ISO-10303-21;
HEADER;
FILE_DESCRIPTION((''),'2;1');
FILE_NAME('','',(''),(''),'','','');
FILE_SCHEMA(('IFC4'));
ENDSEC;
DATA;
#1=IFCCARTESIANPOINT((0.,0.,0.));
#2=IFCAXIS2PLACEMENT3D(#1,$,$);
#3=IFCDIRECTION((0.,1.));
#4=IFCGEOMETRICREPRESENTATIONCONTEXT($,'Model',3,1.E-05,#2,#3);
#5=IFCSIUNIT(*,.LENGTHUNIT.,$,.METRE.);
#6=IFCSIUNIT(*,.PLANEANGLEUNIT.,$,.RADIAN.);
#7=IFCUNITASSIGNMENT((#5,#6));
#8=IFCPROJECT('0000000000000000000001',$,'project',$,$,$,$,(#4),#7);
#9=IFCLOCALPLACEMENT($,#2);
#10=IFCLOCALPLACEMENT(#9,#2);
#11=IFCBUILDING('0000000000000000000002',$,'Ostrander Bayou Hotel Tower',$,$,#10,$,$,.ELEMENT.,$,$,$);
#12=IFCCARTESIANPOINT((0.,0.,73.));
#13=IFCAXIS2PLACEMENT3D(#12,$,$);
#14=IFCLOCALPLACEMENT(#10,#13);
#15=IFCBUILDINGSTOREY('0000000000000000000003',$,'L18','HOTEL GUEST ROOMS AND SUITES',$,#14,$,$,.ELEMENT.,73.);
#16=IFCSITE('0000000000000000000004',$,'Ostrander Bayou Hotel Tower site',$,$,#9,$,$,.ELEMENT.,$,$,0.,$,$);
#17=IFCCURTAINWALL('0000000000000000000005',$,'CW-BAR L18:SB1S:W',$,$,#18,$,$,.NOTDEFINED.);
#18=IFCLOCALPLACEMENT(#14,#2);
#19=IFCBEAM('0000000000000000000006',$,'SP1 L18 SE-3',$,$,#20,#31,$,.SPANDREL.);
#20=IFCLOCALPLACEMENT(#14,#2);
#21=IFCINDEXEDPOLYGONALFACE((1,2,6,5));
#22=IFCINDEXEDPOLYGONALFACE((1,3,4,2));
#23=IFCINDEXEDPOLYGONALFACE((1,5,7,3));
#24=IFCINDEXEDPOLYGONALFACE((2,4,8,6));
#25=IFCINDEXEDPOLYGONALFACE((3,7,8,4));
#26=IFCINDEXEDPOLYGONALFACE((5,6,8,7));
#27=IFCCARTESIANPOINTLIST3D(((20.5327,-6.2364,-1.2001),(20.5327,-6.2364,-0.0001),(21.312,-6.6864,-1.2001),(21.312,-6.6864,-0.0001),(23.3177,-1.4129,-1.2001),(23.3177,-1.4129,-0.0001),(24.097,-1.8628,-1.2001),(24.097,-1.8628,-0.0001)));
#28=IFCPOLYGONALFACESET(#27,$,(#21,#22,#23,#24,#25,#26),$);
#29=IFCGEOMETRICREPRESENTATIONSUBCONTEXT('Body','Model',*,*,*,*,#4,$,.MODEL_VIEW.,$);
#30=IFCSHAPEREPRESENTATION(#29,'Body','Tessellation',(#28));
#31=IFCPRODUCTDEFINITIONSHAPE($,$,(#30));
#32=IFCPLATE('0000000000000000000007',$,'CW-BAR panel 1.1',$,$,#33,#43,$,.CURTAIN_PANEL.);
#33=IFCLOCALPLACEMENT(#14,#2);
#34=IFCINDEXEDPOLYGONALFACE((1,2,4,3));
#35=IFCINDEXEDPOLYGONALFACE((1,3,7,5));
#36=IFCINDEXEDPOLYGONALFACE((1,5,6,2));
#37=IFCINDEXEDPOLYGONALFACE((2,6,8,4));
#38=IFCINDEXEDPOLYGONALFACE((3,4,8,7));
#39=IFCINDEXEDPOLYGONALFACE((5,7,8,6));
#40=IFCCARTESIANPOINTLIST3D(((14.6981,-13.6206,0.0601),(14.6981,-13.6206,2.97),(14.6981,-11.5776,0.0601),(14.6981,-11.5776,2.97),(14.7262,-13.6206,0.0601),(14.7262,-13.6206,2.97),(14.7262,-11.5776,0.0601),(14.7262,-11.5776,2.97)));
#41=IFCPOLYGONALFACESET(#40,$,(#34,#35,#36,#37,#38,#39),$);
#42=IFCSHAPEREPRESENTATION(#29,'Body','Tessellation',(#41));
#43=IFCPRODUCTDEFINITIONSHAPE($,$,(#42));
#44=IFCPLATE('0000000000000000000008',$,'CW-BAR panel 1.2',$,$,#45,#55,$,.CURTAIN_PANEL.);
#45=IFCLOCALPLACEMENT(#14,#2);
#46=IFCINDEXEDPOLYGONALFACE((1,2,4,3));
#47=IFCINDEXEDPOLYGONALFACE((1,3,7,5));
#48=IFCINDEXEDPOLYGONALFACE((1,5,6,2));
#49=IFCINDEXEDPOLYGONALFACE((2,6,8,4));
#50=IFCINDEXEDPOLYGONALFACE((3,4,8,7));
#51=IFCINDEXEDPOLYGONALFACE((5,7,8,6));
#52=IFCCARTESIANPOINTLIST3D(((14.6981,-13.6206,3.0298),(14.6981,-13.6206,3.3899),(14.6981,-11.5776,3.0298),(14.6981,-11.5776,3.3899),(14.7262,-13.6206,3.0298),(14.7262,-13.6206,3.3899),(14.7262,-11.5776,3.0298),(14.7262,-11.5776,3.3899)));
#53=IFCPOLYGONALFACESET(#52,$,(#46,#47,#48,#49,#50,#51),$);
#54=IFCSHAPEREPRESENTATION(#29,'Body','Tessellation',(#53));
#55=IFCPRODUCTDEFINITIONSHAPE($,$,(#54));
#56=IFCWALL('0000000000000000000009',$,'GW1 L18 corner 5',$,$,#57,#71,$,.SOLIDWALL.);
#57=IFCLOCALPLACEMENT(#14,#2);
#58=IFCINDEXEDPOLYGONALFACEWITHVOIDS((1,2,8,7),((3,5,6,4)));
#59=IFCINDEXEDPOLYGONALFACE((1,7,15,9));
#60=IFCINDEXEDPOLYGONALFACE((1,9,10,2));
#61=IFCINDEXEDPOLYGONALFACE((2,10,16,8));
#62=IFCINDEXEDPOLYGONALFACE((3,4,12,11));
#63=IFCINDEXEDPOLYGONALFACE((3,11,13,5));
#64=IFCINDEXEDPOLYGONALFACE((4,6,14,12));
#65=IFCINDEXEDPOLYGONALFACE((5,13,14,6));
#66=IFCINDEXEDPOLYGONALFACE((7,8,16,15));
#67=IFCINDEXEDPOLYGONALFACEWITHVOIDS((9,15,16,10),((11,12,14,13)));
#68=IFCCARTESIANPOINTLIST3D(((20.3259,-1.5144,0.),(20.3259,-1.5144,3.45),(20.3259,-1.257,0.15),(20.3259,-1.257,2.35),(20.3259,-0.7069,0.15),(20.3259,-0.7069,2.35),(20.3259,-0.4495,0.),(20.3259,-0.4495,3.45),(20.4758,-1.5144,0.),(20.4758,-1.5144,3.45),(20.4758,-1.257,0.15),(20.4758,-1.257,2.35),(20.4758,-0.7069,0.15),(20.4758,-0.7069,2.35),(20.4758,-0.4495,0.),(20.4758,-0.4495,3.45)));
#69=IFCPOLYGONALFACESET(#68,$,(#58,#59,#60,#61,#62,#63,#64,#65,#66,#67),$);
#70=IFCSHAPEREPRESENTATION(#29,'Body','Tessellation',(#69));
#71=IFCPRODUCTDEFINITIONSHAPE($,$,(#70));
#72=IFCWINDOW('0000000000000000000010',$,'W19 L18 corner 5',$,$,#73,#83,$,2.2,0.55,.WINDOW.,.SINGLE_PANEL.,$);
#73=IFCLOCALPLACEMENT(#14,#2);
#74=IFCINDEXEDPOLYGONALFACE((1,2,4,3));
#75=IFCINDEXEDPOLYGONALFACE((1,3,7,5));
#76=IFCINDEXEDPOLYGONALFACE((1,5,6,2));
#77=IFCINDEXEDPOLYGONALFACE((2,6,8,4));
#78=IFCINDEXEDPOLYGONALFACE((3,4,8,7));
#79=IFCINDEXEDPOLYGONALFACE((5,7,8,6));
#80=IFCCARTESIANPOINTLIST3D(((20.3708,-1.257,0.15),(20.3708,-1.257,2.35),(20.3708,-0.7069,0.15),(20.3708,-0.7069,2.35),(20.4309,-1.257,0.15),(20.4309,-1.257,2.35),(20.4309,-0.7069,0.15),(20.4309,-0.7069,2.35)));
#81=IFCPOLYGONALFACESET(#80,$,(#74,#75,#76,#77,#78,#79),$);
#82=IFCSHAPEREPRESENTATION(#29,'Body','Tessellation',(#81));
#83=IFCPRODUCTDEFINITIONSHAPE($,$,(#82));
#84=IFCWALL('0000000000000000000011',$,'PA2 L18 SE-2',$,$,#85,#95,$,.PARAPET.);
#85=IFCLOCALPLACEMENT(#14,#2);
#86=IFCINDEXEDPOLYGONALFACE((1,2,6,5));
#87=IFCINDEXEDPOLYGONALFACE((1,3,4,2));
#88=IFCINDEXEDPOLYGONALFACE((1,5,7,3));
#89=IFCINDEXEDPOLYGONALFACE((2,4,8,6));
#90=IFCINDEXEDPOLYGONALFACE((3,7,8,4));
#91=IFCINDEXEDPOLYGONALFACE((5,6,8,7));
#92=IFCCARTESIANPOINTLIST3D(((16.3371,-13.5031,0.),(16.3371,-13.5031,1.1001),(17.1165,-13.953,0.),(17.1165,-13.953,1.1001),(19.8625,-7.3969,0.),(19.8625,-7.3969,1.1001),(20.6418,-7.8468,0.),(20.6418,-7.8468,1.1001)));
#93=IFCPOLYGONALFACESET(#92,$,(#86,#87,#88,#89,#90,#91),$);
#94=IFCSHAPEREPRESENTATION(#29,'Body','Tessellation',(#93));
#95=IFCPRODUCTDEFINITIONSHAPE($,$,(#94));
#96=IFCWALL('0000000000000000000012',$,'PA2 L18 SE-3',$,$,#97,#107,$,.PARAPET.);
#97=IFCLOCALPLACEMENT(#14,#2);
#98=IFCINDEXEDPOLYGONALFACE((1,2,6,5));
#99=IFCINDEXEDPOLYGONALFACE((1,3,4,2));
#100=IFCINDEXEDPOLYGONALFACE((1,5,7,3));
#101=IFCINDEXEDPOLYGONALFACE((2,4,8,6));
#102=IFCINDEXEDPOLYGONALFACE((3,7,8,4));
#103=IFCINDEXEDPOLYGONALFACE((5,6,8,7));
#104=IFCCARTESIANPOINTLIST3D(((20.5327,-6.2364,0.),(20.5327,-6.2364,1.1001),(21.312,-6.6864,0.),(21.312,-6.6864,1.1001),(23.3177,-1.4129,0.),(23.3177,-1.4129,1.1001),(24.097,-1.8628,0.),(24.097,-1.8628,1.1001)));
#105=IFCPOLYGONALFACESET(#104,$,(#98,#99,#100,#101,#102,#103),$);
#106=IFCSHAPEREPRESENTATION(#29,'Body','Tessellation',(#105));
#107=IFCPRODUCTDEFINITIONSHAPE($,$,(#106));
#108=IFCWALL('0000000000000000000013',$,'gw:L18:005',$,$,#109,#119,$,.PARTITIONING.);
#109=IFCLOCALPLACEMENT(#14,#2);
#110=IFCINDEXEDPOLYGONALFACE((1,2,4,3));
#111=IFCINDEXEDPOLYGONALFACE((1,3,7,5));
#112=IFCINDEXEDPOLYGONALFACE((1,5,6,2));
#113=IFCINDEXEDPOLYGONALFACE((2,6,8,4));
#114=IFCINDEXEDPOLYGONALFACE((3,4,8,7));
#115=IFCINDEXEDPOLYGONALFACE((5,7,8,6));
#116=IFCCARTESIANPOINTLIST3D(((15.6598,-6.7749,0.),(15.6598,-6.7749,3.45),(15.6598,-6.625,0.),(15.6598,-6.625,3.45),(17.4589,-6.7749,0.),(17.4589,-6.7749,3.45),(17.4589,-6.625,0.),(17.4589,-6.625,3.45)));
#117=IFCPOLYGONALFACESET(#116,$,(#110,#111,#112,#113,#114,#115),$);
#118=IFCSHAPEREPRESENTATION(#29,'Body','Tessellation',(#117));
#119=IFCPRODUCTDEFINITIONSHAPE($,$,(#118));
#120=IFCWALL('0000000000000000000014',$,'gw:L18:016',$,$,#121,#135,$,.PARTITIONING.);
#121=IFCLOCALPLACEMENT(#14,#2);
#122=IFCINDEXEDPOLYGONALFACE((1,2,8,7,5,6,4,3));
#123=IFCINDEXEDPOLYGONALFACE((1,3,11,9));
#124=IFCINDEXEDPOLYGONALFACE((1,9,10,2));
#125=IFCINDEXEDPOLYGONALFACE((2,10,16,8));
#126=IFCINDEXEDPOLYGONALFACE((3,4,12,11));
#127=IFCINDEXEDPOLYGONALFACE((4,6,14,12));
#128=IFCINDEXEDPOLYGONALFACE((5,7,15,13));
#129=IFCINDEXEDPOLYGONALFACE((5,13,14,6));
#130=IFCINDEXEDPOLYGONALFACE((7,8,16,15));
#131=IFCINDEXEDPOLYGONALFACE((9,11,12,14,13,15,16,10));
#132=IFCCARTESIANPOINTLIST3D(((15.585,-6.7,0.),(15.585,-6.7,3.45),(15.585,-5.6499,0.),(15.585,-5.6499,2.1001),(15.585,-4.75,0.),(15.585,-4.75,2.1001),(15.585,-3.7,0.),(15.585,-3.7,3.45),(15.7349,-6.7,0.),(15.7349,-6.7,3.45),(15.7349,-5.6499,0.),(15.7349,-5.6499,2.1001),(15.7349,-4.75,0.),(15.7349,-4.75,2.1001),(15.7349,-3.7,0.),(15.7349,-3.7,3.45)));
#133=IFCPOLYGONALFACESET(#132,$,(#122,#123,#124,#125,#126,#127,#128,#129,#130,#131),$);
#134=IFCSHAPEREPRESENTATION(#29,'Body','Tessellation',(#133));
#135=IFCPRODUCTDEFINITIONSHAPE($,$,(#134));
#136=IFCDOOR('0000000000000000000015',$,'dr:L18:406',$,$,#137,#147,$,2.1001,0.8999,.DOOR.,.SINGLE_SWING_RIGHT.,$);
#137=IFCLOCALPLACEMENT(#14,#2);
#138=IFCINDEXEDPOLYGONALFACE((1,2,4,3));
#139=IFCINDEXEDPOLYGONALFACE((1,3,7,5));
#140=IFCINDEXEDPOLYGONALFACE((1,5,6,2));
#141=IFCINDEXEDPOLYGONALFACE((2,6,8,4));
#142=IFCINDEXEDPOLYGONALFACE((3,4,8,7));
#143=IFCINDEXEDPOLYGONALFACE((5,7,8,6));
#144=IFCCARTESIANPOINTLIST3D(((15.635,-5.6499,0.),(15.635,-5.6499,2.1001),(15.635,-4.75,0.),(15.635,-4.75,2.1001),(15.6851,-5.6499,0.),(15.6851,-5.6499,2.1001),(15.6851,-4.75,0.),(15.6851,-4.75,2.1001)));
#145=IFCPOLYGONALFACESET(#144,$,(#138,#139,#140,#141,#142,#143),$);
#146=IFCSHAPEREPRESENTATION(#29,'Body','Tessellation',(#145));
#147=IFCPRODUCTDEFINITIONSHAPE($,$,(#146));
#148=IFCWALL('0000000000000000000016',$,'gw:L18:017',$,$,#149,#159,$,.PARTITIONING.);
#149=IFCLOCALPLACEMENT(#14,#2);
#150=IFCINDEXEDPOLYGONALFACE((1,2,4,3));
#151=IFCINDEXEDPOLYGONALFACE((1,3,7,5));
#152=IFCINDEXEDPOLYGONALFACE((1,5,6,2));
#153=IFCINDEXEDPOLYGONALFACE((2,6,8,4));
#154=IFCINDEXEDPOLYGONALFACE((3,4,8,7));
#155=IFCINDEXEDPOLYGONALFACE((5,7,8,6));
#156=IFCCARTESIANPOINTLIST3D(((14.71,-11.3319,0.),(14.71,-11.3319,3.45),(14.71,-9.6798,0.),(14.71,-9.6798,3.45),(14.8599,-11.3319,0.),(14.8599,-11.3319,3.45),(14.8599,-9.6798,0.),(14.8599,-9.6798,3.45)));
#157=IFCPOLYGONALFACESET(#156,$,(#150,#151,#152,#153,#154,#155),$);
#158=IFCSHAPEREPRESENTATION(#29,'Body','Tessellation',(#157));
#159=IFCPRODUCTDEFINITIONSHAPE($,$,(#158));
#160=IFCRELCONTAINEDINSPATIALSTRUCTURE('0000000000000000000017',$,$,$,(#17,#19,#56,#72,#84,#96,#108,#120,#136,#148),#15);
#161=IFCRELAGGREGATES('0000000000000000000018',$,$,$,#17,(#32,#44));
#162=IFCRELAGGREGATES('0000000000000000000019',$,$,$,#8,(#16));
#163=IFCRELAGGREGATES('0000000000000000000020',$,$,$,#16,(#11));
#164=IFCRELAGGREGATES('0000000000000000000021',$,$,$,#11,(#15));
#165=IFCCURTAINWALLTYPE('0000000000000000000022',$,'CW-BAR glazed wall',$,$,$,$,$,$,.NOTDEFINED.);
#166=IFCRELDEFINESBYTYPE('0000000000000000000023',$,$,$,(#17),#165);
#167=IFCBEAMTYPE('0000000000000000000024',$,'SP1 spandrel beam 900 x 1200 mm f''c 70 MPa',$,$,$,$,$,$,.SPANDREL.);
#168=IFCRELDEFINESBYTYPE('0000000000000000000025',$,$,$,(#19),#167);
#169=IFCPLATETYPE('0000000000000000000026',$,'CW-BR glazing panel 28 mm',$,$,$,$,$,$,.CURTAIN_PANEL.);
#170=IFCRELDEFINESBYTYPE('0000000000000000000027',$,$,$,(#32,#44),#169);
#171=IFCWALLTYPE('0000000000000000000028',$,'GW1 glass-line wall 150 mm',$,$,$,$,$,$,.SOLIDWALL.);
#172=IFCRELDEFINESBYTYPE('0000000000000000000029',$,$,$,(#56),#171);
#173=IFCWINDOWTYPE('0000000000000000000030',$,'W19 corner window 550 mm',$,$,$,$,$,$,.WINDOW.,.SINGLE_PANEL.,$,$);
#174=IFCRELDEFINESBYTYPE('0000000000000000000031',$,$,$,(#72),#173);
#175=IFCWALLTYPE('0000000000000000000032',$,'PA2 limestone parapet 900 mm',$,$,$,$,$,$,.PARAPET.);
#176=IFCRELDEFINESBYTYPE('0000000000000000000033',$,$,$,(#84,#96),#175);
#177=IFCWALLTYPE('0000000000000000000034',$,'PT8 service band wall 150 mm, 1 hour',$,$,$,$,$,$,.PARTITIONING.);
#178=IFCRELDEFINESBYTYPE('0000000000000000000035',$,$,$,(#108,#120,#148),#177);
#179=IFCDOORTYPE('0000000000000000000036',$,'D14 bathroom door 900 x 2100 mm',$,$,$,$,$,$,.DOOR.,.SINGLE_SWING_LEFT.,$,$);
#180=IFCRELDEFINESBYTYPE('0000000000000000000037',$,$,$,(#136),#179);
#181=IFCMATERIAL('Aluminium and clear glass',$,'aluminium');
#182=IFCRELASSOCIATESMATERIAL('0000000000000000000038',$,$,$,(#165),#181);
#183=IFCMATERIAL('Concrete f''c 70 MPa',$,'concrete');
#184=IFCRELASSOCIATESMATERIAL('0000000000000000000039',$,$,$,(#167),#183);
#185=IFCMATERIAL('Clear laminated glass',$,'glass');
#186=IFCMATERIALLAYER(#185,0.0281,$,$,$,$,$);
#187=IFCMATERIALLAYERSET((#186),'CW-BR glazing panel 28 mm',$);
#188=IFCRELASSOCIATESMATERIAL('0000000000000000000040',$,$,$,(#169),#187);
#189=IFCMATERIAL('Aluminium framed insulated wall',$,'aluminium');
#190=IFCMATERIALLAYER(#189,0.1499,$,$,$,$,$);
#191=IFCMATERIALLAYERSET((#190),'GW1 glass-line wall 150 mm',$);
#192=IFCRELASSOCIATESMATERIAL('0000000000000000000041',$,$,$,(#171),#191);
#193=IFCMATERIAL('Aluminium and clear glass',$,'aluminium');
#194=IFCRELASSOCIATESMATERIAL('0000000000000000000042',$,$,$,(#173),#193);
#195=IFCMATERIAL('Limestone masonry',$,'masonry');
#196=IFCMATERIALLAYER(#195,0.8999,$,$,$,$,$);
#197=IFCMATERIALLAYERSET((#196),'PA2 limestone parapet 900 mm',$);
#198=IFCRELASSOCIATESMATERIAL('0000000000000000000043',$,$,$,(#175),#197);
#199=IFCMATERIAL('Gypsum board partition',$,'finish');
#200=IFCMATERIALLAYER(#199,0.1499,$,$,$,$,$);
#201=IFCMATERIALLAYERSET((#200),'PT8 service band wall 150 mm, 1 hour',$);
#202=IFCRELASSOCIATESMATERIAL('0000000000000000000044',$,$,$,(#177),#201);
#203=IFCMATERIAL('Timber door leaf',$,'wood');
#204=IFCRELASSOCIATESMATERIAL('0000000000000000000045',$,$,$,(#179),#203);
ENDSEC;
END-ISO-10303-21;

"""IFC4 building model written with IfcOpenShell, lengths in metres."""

from ifc_helpers import new_model, si_unit, direction, frame, frame_2d, origin, origin_2d, place, context, subcontext, project, spatial, rectangle, extrude, material, layer, layer_set, material_profile, profile_set, type_object, element, fill, aggregate, save


model = new_model("IFC4")

# Units and contexts
model_context = context("Model", 3, precision=1e-05, world=origin(), true_north=direction((0.0, 1.0)))
body_context = subcontext(model_context, "Body", "Model", "MODEL_VIEW")
ifc_project = project(units=[si_unit("LENGTHUNIT", "METRE"), si_unit("PLANEANGLEUNIT", "RADIAN")], contexts=[model_context])

# Site, building, storey
site_placement = place(None, origin())
site = spatial("IfcSite", under=ifc_project, at=site_placement, Name="Ostrander Bayou Hotel Tower site", CompositionType="ELEMENT", RefElevation=0.0)
building_placement = place(site_placement, origin())
building = spatial("IfcBuilding", under=site, at=building_placement, Name="Ostrander Bayou Hotel Tower", CompositionType="ELEMENT")
storey_placement = place(building_placement, frame((0.0, 0.0, 73.0)))
storey = spatial("IfcBuildingStorey", under=building, at=storey_placement, Name="L18", Description="HOTEL GUEST ROOMS AND SUITES", CompositionType="ELEMENT", Elevation=73.0)

# Curtain wall
ifc_material_1 = material(Name="Aluminium and clear glass", Category="aluminium")
curtain_wall_type = type_object("IfcCurtainWallType", Name="CW-BAR glazed wall", PredefinedType="NOTDEFINED", material=ifc_material_1)
curtain_wall_placement = place(storey_placement, origin())
curtain_wall = element("IfcCurtainWall", 1, at=curtain_wall_placement, inside=storey, type_object=curtain_wall_type, Name="CW-BAR L18:SB1S:W", PredefinedType="NOTDEFINED")

# Beam
ifc_material_2 = material(Name="Concrete f'c 70 MPa", Category="concrete")
ifc_material_profile_1 = material_profile(ifc_material_2, rectangle(XDim=0.8999, YDim=1.2, at=origin_2d()))
ifc_profile_set_1 = profile_set([ifc_material_profile_1], Name="Concrete f'c 70 MPa")
beam_type_1 = type_object("IfcBeamType", Name="SP1 spandrel beam 900 x 1200 mm f'c 70 MPa", PredefinedType="SPANDREL", material=ifc_profile_set_1)
beam_1_placement = place(storey_placement, frame((20.9224, -6.4614, -0.6001), z_axis=(0.50001, 0.86602, 0.0), x_axis=(-0.86602, 0.50001, 0.0)))
element("IfcBeam", 2, at=beam_1_placement, inside=storey, type_object=beam_type_1, Name="SP1 L18 SE-3", PredefinedType="SPANDREL", context=body_context, shape_type="SweptSolid", body=[
    extrude(rectangle(XDim=0.8999, YDim=1.2, at=origin_2d()), origin(), (0.0, 0.0, 1.0), 5.5698),
])

# Plates
ifc_material_3 = material(Name="Clear laminated glass", Category="glass")
ifc_layer_1 = layer(ifc_material_3, 0.0281)
ifc_layer_set_1 = layer_set([ifc_layer_1], Name="CW-BR glazing panel 28 mm")
plate_type = type_object("IfcPlateType", Name="CW-BR glazing panel 28 mm", PredefinedType="CURTAIN_PANEL", material=ifc_layer_set_1)
plate_1_placement = place(storey_placement, frame((14.7122, -12.5991, 0.0601), z_axis=(0.0, 0.0, 1.0), x_axis=(0.0, -1.0, 0.0)))
plate_1 = element("IfcPlate", 3, at=plate_1_placement, type_object=plate_type, Name="CW-BAR panel 1.1", PredefinedType="CURTAIN_PANEL", context=body_context, shape_type="SweptSolid", body=[
    extrude(rectangle(XDim=2.043, YDim=0.0281, at=origin_2d()), origin(), (0.0, 0.0, 1.0), 2.9099),
])
plate_2_placement = place(storey_placement, frame((14.7122, -12.5991, 3.0298), z_axis=(0.0, 0.0, 1.0), x_axis=(0.0, -1.0, 0.0)))
plate_2 = element("IfcPlate", 4, at=plate_2_placement, type_object=plate_type, Name="CW-BAR panel 1.2", PredefinedType="CURTAIN_PANEL", context=body_context, shape_type="SweptSolid", body=[
    extrude(rectangle(XDim=2.043, YDim=0.0281, at=origin_2d()), origin(), (0.0, 0.0, 1.0), 0.3601),
])
aggregate(curtain_wall, [plate_1, plate_2])

# Wall, opening, window
ifc_material_4 = material(Name="Aluminium framed insulated wall", Category="aluminium")
ifc_layer_2 = layer(ifc_material_4, 0.1499)
ifc_layer_set_2 = layer_set([ifc_layer_2], Name="GW1 glass-line wall 150 mm")
wall_type_1 = type_object("IfcWallType", Name="GW1 glass-line wall 150 mm", PredefinedType="SOLIDWALL", material=ifc_layer_set_2)
wall_1_placement = place(storey_placement, frame((20.4009, -1.5144, 0.0), z_axis=(0.0, 0.0, 1.0), x_axis=(0.0, 1.0, 0.0)))
wall_1 = element("IfcWall", 5, at=wall_1_placement, inside=storey, type_object=wall_type_1, Name="GW1 L18 corner 5", PredefinedType="SOLIDWALL", context=body_context, shape_type="SweptSolid", body=[
    extrude(rectangle(XDim=1.0649, YDim=0.1499, at=frame_2d((0.5325, 0.0))), origin(), (0.0, 0.0, 1.0), 3.45),
])
opening_1_placement = place(wall_1_placement, frame((0.2576, 0.0, 0.1499)))
opening_1 = element("IfcOpeningElement", 6, at=opening_1_placement, cuts=wall_1, PredefinedType="OPENING", context=body_context, shape_type="SweptSolid", body=[
    extrude(rectangle(XDim=0.55, YDim=2.2, at=frame_2d((0.2749, 1.1001))), frame((0.0, 0.075, 0.0), z_axis=(0.0, -1.0, 0.0), x_axis=(1.0, 0.0, 0.0)), (0.0, 0.0, 1.0), 0.1499),
])
ifc_material_5 = material(Name="Aluminium and clear glass", Category="aluminium")
window_type = type_object("IfcWindowType", Name="W19 corner window 550 mm", PartitioningType="SINGLE_PANEL", PredefinedType="WINDOW", material=ifc_material_5)
window_placement = place(opening_1_placement, origin())
window = element("IfcWindow", 7, at=window_placement, inside=storey, type_object=window_type, Name="W19 L18 corner 5", OverallHeight=2.2, OverallWidth=0.55, PartitioningType="SINGLE_PANEL", PredefinedType="WINDOW", context=body_context, shape_type="SweptSolid", body=[
    extrude(rectangle(XDim=0.55, YDim=2.2, at=frame_2d((0.2749, 1.1001))), frame((0.0, 0.03, 0.0), z_axis=(0.0, -1.0, 0.0), x_axis=(1.0, 0.0, 0.0)), (0.0, 0.0, 1.0), 0.0601),
])
fill(opening_1, window)

# Walls
ifc_material_6 = material(Name="Limestone masonry", Category="masonry")
ifc_layer_3 = layer(ifc_material_6, 0.8999)
ifc_layer_set_3 = layer_set([ifc_layer_3], Name="PA2 limestone parapet 900 mm")
wall_type_2 = type_object("IfcWallType", Name="PA2 limestone parapet 900 mm", PredefinedType="PARAPET", material=ifc_layer_set_3)
wall_2_placement = place(storey_placement, frame((16.7268, -13.728, 0.0), z_axis=(0.0, 0.0, 1.0), x_axis=(0.499997, 0.866027, 0.0)))
element("IfcWall", 8, at=wall_2_placement, inside=storey, type_object=wall_type_2, Name="PA2 L18 SE-2", PredefinedType="PARAPET", context=body_context, shape_type="SweptSolid", body=[
    extrude(rectangle(XDim=7.0508, YDim=0.8999, at=frame_2d((3.5254, 0.0))), origin(), (0.0, 0.0, 1.0), 1.1001),
])
wall_3_placement = place(storey_placement, frame((20.9224, -6.4614, 0.0), z_axis=(0.0, 0.0, 1.0), x_axis=(0.50001, 0.86602, 0.0)))
element("IfcWall", 9, at=wall_3_placement, inside=storey, type_object=wall_type_2, Name="PA2 L18 SE-3", PredefinedType="PARAPET", context=body_context, shape_type="SweptSolid", body=[
    extrude(rectangle(XDim=5.5698, YDim=0.8999, at=frame_2d((2.7849, 0.0))), origin(), (0.0, 0.0, 1.0), 1.1001),
])
ifc_material_7 = material(Name="Gypsum board partition", Category="finish")
ifc_layer_4 = layer(ifc_material_7, 0.1499)
ifc_layer_set_4 = layer_set([ifc_layer_4], Name="PT8 service band wall 150 mm, 1 hour")
wall_type_3 = type_object("IfcWallType", Name="PT8 service band wall 150 mm, 1 hour", PredefinedType="PARTITIONING", material=ifc_layer_set_4)
wall_4_placement = place(storey_placement, frame((15.6599, -6.7, 0.0), z_axis=(0.0, 0.0, 1.0), x_axis=(1.0, 0.0, 0.0)))
element("IfcWall", 10, at=wall_4_placement, inside=storey, type_object=wall_type_3, Name="gw:L18:005", PredefinedType="PARTITIONING", context=body_context, shape_type="SweptSolid", body=[
    extrude(rectangle(XDim=1.7991, YDim=0.1499, at=frame_2d((0.8994, 0.0))), origin(), (0.0, 0.0, 1.0), 3.45),
])

# Wall, opening, door
wall_5_placement = place(storey_placement, frame((15.6599, -6.7, 0.0), z_axis=(0.0, 0.0, 1.0), x_axis=(0.0, 1.0, 0.0)))
wall_5 = element("IfcWall", 11, at=wall_5_placement, inside=storey, type_object=wall_type_3, Name="gw:L18:016", PredefinedType="PARTITIONING", context=body_context, shape_type="SweptSolid", body=[
    extrude(rectangle(XDim=3.0, YDim=0.1499, at=frame_2d((1.5, 0.0))), origin(), (0.0, 0.0, 1.0), 3.45),
])
opening_2_placement = place(wall_5_placement, frame((1.05, 0.0, 0.0)))
opening_2 = element("IfcOpeningElement", 12, at=opening_2_placement, cuts=wall_5, PredefinedType="OPENING", context=body_context, shape_type="SweptSolid", body=[
    extrude(rectangle(XDim=0.8999, YDim=2.1001, at=frame_2d((0.45, 1.05))), frame((0.0, 0.075, 0.0), z_axis=(0.0, -1.0, 0.0), x_axis=(1.0, 0.0, 0.0)), (0.0, 0.0, 1.0), 0.1499),
])
ifc_material_8 = material(Name="Timber door leaf", Category="wood")
door_type = type_object("IfcDoorType", Name="D14 bathroom door 900 x 2100 mm", OperationType="SINGLE_SWING_LEFT", PredefinedType="DOOR", material=ifc_material_8)
door_placement = place(opening_2_placement, origin())
door = element("IfcDoor", 13, at=door_placement, inside=storey, type_object=door_type, Name="dr:L18:406", OperationType="SINGLE_SWING_RIGHT", OverallHeight=2.1001, OverallWidth=0.8999, PredefinedType="DOOR", context=body_context, shape_type="SweptSolid", body=[
    extrude(rectangle(XDim=0.8999, YDim=2.1001, at=frame_2d((0.45, 1.05))), frame((0.0, 0.0249, 0.0), z_axis=(0.0, -1.0, 0.0), x_axis=(1.0, 0.0, 0.0)), (0.0, 0.0, 1.0), 0.05),
])
fill(opening_2, door)

# Wall
wall_6_placement = place(storey_placement, frame((14.7849, -11.332, 0.0), z_axis=(0.0, 0.0, 1.0), x_axis=(0.0, 1.0, 0.0)))
element("IfcWall", 14, at=wall_6_placement, inside=storey, type_object=wall_type_3, Name="gw:L18:017", PredefinedType="PARTITIONING", context=body_context, shape_type="SweptSolid", body=[
    extrude(rectangle(XDim=1.6521, YDim=0.1499, at=frame_2d((0.8262, 0.0))), origin(), (0.0, 0.0, 1.0), 3.45),
])

save(model, "model.ifc")
